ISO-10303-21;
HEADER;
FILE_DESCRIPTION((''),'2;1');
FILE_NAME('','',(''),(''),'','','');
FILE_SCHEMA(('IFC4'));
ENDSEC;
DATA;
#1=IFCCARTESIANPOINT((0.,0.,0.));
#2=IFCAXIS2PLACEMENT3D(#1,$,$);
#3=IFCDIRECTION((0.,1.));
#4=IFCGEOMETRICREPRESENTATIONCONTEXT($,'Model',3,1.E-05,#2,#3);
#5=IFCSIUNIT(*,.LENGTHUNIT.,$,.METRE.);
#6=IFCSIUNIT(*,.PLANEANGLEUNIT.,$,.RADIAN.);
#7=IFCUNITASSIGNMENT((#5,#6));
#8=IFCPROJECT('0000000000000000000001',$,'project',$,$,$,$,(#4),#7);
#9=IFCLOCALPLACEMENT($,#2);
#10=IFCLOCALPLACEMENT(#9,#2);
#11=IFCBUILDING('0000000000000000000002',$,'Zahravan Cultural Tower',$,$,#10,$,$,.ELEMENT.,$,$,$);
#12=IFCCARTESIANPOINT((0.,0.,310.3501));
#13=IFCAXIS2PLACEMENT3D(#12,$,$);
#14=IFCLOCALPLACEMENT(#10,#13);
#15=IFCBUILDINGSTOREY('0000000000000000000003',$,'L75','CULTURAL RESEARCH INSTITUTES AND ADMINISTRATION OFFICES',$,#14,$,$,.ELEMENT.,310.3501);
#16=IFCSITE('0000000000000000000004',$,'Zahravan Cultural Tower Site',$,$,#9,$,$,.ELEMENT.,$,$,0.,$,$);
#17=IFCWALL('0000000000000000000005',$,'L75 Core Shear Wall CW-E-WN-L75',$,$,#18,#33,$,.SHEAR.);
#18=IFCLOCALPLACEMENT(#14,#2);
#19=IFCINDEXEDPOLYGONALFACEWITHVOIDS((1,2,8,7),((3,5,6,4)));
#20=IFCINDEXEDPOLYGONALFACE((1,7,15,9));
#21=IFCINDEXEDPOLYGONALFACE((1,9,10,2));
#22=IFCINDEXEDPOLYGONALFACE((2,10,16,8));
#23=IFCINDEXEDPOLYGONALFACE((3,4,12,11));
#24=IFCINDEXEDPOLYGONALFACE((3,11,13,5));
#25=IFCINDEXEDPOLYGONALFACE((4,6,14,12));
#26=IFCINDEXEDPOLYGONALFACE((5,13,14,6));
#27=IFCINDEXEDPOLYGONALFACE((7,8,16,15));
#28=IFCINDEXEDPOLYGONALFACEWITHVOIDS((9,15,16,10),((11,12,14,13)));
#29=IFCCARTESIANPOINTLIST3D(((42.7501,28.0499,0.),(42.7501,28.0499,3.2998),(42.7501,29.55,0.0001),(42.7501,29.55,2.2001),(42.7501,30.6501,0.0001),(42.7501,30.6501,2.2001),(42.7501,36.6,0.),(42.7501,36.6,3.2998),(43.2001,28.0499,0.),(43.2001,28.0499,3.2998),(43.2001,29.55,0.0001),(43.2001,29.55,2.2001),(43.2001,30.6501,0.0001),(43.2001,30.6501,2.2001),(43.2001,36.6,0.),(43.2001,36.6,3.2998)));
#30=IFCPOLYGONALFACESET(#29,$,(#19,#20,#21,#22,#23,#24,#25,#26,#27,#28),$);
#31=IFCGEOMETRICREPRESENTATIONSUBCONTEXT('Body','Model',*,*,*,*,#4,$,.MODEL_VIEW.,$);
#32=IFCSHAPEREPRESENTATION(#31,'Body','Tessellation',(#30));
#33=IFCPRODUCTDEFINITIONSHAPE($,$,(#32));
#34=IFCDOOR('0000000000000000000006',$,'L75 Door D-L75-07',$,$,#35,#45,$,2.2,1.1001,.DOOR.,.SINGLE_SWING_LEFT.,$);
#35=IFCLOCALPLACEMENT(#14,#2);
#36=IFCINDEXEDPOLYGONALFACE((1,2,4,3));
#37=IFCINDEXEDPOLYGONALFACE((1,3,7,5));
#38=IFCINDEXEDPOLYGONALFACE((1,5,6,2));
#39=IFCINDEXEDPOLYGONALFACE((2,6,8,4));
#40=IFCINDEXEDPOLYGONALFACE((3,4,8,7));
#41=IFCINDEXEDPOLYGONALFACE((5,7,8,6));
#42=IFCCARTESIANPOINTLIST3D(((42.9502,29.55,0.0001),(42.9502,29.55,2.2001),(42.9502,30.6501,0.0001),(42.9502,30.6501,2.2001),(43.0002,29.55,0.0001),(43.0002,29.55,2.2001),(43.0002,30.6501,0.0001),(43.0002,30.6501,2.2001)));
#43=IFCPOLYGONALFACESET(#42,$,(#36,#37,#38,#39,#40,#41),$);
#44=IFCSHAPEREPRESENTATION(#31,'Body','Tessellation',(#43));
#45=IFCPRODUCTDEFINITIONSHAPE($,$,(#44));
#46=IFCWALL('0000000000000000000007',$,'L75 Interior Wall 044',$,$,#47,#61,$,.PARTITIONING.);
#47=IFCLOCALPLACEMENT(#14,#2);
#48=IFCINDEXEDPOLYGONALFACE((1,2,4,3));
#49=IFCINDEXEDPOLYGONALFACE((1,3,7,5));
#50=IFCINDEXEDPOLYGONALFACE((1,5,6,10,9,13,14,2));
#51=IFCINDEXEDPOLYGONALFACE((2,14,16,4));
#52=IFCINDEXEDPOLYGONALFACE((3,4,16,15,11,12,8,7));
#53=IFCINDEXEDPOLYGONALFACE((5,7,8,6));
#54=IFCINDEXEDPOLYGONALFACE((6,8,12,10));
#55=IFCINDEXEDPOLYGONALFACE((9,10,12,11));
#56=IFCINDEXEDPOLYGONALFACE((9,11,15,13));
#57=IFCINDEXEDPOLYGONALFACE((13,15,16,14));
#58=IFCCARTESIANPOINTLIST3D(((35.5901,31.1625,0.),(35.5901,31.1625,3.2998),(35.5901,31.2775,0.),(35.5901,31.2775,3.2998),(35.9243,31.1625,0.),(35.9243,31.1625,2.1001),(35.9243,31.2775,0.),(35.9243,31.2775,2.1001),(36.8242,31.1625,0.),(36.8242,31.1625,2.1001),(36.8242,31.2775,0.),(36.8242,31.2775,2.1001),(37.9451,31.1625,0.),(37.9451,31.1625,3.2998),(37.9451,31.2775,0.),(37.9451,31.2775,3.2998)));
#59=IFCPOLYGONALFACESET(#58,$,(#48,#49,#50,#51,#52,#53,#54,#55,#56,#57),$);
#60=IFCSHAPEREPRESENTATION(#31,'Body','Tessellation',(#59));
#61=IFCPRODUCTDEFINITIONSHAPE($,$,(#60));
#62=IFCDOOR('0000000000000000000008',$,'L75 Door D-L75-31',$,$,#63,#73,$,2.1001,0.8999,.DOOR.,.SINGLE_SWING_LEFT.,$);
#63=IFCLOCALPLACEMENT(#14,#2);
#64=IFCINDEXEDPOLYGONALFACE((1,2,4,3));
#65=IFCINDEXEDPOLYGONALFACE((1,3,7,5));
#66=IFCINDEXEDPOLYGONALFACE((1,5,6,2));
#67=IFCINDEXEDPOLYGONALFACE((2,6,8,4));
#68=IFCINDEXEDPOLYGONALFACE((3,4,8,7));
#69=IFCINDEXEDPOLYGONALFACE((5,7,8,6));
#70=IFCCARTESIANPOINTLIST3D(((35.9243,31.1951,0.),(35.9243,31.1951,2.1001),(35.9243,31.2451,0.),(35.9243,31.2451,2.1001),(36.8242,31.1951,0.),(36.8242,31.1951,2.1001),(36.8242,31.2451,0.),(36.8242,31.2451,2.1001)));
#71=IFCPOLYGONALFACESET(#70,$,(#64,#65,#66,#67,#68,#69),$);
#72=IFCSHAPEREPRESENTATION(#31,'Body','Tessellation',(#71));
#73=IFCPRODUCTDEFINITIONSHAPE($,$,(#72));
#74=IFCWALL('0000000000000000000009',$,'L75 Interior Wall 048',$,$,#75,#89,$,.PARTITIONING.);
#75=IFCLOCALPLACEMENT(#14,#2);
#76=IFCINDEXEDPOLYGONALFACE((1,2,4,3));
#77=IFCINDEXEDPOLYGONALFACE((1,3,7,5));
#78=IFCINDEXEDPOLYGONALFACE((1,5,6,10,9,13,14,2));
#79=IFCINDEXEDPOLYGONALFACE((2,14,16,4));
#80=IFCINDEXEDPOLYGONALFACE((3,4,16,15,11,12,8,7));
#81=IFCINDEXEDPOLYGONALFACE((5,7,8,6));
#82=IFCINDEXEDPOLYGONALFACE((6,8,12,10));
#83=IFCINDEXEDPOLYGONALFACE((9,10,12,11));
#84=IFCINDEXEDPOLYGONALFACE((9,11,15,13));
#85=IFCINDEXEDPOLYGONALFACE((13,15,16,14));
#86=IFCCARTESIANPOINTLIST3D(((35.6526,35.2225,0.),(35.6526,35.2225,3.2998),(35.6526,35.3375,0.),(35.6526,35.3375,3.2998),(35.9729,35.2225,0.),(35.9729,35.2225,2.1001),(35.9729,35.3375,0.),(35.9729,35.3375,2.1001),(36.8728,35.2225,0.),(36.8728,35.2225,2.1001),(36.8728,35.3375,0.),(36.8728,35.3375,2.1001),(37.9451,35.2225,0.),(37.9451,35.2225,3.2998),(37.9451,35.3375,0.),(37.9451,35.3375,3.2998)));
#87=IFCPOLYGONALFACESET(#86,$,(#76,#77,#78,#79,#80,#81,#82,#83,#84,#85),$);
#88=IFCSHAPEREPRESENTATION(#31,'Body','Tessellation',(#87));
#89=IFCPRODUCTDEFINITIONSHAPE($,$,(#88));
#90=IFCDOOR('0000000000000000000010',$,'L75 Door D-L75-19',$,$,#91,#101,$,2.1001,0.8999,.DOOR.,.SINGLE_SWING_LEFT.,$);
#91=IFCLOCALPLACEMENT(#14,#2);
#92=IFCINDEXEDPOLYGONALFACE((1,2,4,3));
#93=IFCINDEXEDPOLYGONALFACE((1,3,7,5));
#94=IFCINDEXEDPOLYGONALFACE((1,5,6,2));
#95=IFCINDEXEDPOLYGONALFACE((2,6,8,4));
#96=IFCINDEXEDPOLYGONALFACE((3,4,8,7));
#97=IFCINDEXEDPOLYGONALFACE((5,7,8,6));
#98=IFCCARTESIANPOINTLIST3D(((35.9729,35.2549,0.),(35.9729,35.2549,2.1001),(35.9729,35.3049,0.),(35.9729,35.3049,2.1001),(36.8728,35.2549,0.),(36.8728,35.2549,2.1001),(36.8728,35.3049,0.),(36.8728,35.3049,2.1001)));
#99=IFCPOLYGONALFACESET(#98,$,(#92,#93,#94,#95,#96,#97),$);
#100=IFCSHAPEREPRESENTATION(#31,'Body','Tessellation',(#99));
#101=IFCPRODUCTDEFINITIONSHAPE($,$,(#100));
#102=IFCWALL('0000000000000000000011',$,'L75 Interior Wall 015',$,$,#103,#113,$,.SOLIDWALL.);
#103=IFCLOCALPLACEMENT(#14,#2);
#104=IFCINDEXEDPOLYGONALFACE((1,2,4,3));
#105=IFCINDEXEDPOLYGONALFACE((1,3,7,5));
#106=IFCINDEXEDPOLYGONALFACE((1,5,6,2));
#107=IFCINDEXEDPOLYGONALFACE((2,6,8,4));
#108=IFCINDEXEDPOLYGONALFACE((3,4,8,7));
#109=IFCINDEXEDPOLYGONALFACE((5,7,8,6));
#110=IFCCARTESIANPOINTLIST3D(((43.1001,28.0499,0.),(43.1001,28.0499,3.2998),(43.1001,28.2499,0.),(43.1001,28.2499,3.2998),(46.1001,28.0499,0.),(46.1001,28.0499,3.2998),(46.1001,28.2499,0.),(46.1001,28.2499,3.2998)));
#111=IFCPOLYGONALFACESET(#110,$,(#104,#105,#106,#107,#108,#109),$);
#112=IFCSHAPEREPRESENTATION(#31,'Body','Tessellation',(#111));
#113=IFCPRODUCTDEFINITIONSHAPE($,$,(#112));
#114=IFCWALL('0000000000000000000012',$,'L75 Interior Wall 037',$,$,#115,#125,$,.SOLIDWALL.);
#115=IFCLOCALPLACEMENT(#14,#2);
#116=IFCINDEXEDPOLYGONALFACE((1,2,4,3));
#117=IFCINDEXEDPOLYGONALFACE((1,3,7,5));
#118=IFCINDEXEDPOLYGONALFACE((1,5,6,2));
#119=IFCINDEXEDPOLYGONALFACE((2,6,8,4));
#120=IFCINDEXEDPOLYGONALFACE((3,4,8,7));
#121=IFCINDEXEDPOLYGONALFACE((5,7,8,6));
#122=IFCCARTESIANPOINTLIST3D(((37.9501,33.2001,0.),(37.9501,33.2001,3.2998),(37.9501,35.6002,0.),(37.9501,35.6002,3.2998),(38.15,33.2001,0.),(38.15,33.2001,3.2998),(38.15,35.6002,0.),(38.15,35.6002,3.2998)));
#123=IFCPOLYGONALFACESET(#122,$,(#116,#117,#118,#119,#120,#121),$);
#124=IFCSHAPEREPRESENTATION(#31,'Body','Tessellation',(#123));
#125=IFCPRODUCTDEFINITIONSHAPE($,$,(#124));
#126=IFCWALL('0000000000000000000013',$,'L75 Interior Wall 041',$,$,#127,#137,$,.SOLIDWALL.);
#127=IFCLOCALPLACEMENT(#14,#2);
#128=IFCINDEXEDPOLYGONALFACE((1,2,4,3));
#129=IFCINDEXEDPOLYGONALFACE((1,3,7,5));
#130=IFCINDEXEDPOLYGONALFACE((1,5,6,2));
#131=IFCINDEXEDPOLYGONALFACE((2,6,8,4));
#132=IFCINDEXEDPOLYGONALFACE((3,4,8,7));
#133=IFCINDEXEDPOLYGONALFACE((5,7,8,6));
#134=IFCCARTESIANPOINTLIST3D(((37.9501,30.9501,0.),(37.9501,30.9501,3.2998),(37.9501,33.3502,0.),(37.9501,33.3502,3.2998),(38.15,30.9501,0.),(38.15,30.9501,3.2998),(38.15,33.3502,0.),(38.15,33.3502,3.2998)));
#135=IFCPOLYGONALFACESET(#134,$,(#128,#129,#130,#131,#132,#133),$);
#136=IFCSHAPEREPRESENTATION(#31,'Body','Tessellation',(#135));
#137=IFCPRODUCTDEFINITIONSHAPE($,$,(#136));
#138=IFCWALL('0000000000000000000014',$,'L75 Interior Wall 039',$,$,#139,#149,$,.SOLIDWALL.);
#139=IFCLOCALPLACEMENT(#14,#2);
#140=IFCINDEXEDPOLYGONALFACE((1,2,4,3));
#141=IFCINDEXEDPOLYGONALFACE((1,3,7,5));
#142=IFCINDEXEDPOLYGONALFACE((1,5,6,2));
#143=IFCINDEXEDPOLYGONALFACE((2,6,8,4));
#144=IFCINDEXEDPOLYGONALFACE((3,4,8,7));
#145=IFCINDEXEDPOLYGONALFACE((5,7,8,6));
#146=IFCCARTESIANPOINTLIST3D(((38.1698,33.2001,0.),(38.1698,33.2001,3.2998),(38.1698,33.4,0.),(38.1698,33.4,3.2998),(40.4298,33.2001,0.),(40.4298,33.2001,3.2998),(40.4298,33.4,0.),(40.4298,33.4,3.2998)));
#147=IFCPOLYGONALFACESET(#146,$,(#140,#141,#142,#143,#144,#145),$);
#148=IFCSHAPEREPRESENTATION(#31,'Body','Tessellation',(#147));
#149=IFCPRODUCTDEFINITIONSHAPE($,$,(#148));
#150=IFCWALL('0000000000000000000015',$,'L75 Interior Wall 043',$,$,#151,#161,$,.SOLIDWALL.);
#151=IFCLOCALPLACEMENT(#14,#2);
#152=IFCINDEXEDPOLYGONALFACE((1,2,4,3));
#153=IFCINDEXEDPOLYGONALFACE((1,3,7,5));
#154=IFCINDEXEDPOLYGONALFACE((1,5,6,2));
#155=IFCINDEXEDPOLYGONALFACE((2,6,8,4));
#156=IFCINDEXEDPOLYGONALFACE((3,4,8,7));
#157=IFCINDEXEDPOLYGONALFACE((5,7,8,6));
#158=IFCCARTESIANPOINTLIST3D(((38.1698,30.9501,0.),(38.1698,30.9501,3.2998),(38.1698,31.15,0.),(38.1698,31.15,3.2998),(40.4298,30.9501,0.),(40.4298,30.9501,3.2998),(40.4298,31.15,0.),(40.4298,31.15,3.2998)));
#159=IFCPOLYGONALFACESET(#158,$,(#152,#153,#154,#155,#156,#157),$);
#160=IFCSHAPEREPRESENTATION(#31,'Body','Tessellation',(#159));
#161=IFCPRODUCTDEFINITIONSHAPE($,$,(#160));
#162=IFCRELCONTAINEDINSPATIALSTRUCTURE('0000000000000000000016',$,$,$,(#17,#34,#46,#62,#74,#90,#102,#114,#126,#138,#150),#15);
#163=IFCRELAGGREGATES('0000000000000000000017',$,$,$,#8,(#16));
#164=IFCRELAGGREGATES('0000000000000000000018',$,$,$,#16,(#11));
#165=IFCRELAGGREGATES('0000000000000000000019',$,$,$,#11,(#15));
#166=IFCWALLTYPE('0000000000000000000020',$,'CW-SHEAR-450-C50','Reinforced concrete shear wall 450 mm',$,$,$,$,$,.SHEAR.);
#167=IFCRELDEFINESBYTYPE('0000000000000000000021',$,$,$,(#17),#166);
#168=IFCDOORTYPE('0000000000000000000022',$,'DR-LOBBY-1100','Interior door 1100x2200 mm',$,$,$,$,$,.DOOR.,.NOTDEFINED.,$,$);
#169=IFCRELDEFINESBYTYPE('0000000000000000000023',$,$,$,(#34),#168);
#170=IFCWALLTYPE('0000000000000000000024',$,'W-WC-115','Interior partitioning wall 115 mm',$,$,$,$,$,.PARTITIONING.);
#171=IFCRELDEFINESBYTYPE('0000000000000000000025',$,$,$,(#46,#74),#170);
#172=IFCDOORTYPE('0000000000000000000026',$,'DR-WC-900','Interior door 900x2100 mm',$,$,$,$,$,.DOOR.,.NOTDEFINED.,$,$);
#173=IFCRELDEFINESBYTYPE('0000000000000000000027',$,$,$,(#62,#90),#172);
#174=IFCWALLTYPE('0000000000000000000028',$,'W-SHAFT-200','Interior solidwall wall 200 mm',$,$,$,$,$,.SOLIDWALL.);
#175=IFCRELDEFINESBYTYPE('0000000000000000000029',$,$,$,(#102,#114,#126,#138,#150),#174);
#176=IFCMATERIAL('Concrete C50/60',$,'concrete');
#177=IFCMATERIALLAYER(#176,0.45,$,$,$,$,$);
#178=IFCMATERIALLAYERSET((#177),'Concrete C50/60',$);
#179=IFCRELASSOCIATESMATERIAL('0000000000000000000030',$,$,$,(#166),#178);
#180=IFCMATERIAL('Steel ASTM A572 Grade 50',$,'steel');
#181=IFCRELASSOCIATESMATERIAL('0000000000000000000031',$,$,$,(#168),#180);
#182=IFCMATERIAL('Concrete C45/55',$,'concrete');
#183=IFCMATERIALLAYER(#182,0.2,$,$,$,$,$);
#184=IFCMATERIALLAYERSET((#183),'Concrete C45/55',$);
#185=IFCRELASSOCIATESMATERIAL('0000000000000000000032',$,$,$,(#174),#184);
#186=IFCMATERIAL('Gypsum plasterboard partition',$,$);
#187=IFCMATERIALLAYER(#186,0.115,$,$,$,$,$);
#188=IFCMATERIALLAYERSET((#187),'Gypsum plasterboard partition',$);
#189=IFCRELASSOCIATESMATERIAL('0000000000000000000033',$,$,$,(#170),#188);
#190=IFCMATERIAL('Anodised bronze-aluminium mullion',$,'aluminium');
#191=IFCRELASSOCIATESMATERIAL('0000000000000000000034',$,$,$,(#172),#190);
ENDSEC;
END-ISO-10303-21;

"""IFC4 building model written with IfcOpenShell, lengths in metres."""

from ifc_helpers import new_model, si_unit, direction, frame, frame_2d, origin, place, context, subcontext, project, spatial, rectangle, extrude, source, transform, mapped, material, layer, layer_set, type_object, element, fill, save


model = new_model("IFC4")

# Units and contexts
model_context = context("Model", 3, precision=1e-05, world=origin(), true_north=direction((0.0, 1.0)))
body_context = subcontext(model_context, "Body", "Model", "MODEL_VIEW")
ifc_project = project(units=[si_unit("LENGTHUNIT", "METRE"), si_unit("PLANEANGLEUNIT", "RADIAN")], contexts=[model_context])

# Site, building, storey
site_placement = place(None, origin())
site = spatial("IfcSite", under=ifc_project, at=site_placement, Name="Zahravan Cultural Tower Site", CompositionType="ELEMENT", RefElevation=0.0)
building_placement = place(site_placement, origin())
building = spatial("IfcBuilding", under=site, at=building_placement, Name="Zahravan Cultural Tower", CompositionType="ELEMENT")
storey_placement = place(building_placement, frame((0.0, 0.0, 310.3501)))
storey = spatial("IfcBuildingStorey", under=building, at=storey_placement, Name="L75", Description="CULTURAL RESEARCH INSTITUTES AND ADMINISTRATION OFFICES", CompositionType="ELEMENT", Elevation=310.3501)

# Walls, openings, doors
ifc_material_1 = material(Name="Concrete C50/60", Category="concrete")
ifc_layer_1 = layer(ifc_material_1, 0.45)
ifc_layer_set_1 = layer_set([ifc_layer_1], Name="Concrete C50/60")
wall_type_1 = type_object("IfcWallType", Name="CW-SHEAR-450-C50", Description="Reinforced concrete shear wall 450 mm", PredefinedType="SHEAR", material=ifc_layer_set_1)
wall_1_placement = place(storey_placement, frame((42.9751, 28.05, 0.0), z_axis=(0.0, 0.0, 1.0), x_axis=(0.0, 1.0, 0.0)))
wall_1 = element("IfcWall", 1, at=wall_1_placement, inside=storey, type_object=wall_type_1, Name="L75 Core Shear Wall CW-E-WN-L75", PredefinedType="SHEAR", context=body_context, shape_type="SweptSolid", body=[
    extrude(rectangle(XDim=8.55, YDim=0.45, at=frame_2d((4.2749, 0.0))), origin(), (0.0, 0.0, 1.0), 3.2998),
])
opening_1_placement = place(wall_1_placement, frame((1.5, 0.0, 0.0)))
opening_1 = element("IfcOpeningElement", 2, at=opening_1_placement, cuts=wall_1, PredefinedType="OPENING", context=body_context, shape_type="SweptSolid", body=[
    extrude(rectangle(XDim=1.1001, YDim=2.2, at=frame_2d((0.55, 1.1001))), frame((0.0, 0.2349, 0.0), z_axis=(0.0, -1.0, 0.0), x_axis=(1.0, 0.0, 0.0)), (0.0, 0.0, 1.0), 0.47),
])
ifc_material_2 = material(Name="Steel ASTM A572 Grade 50", Category="steel")
door_type_1 = type_object("IfcDoorType", Name="DR-LOBBY-1100", Description="Interior door 1100x2200 mm", OperationType="NOTDEFINED", PredefinedType="DOOR", material=ifc_material_2)
shared_shape_1 = source(origin(), body_context, "Body", "SweptSolid", [
    extrude(rectangle(XDim=1.1001, YDim=2.2, at=frame_2d((0.55, 1.1001))), frame((0.0, 0.0249, 0.0), z_axis=(0.0, -1.0, 0.0), x_axis=(1.0, 0.0, 0.0)), (0.0, 0.0, 1.0), 0.05),
])
door_1_placement = place(opening_1_placement, origin())
door_1 = element("IfcDoor", 3, at=door_1_placement, inside=storey, type_object=door_type_1, Name="L75 Door D-L75-07", OperationType="SINGLE_SWING_LEFT", OverallHeight=2.2, OverallWidth=1.1001, PredefinedType="DOOR", context=body_context, shape_type="MappedRepresentation", body=[
    mapped(shared_shape_1, transform((0.0, 0.0, 0.0), x_axis=(1.0, 0.0, 0.0), y_axis=(0.0, 1.0, 0.0), z_axis=(0.0, 0.0, 1.0), scale=1.0)),
])
fill(opening_1, door_1)
ifc_material_3 = material(Name="Gypsum plasterboard partition")
ifc_material_4 = material(Name="Anodised bronze-aluminium mullion", Category="aluminium")
ifc_material_5 = material(Name="Concrete C45/55", Category="concrete")
ifc_layer_2 = layer(ifc_material_5, 0.2)
ifc_layer_set_2 = layer_set([ifc_layer_2], Name="Concrete C45/55")
wall_type_2 = type_object("IfcWallType", Name="W-SHAFT-200", Description="Interior solidwall wall 200 mm", PredefinedType="SOLIDWALL", material=ifc_layer_set_2)
ifc_layer_3 = layer(ifc_material_3, 0.115)
ifc_layer_set_3 = layer_set([ifc_layer_3], Name="Gypsum plasterboard partition")
wall_type_3 = type_object("IfcWallType", Name="W-WC-115", Description="Interior partitioning wall 115 mm", PredefinedType="PARTITIONING", material=ifc_layer_set_3)
wall_2_placement = place(storey_placement, frame((37.9451, 31.22, 0.0), z_axis=(0.0, 0.0, 1.0), x_axis=(-1.0, 0.0, 0.0)))
wall_2 = element("IfcWall", 4, at=wall_2_placement, inside=storey, type_object=wall_type_3, Name="L75 Interior Wall 044", PredefinedType="PARTITIONING", context=body_context, shape_type="SweptSolid", body=[
    extrude(rectangle(XDim=2.355, YDim=0.115, at=frame_2d((1.1775, 0.0))), origin(), (0.0, 0.0, 1.0), 3.2998),
])
opening_2_placement = place(wall_2_placement, frame((1.1208, 0.0, 0.0)))
opening_2 = element("IfcOpeningElement", 5, at=opening_2_placement, cuts=wall_2, PredefinedType="OPENING", context=body_context, shape_type="SweptSolid", body=[
    extrude(rectangle(XDim=0.8999, YDim=2.1001, at=frame_2d((0.45, 1.05))), frame((0.0, 0.0674, 0.0), z_axis=(0.0, -1.0, 0.0), x_axis=(1.0, 0.0, 0.0)), (0.0, 0.0, 1.0), 0.135),
])
door_type_2 = type_object("IfcDoorType", Name="DR-WC-900", Description="Interior door 900x2100 mm", OperationType="NOTDEFINED", PredefinedType="DOOR", material=ifc_material_4)
shared_shape_2 = source(origin(), body_context, "Body", "SweptSolid", [
    extrude(rectangle(XDim=0.8999, YDim=2.1001, at=frame_2d((0.45, 1.05))), frame((0.0, 0.0249, 0.0), z_axis=(0.0, -1.0, 0.0), x_axis=(1.0, 0.0, 0.0)), (0.0, 0.0, 1.0), 0.05),
])
door_2_placement = place(opening_2_placement, origin())
door_2 = element("IfcDoor", 6, at=door_2_placement, inside=storey, type_object=door_type_2, Name="L75 Door D-L75-31", OperationType="SINGLE_SWING_LEFT", OverallHeight=2.1001, OverallWidth=0.8999, PredefinedType="DOOR", context=body_context, shape_type="MappedRepresentation", body=[
    mapped(shared_shape_2, transform((0.0, 0.0, 0.0), x_axis=(1.0, 0.0, 0.0), y_axis=(0.0, 1.0, 0.0), z_axis=(0.0, 0.0, 1.0), scale=1.0)),
])
fill(opening_2, door_2)
wall_3_placement = place(storey_placement, frame((35.6526, 35.28, 0.0), z_axis=(0.0, 0.0, 1.0), x_axis=(1.0, 0.0, 0.0)))
wall_3 = element("IfcWall", 7, at=wall_3_placement, inside=storey, type_object=wall_type_3, Name="L75 Interior Wall 048", PredefinedType="PARTITIONING", context=body_context, shape_type="SweptSolid", body=[
    extrude(rectangle(XDim=2.2925, YDim=0.115, at=frame_2d((1.1462, 0.0))), origin(), (0.0, 0.0, 1.0), 3.2998),
])
opening_3_placement = place(wall_3_placement, frame((0.3203, 0.0, 0.0)))
opening_3 = element("IfcOpeningElement", 8, at=opening_3_placement, cuts=wall_3, PredefinedType="OPENING", context=body_context, shape_type="SweptSolid", body=[
    extrude(rectangle(XDim=0.8999, YDim=2.1001, at=frame_2d((0.45, 1.05))), frame((0.0, 0.0674, 0.0), z_axis=(0.0, -1.0, 0.0), x_axis=(1.0, 0.0, 0.0)), (0.0, 0.0, 1.0), 0.135),
])
door_3_placement = place(opening_3_placement, origin())
door_3 = element("IfcDoor", 9, at=door_3_placement, inside=storey, type_object=door_type_2, Name="L75 Door D-L75-19", OperationType="SINGLE_SWING_LEFT", OverallHeight=2.1001, OverallWidth=0.8999, PredefinedType="DOOR", context=body_context, shape_type="MappedRepresentation", body=[
    mapped(shared_shape_2, transform((0.0, 0.0, 0.0), x_axis=(1.0, 0.0, 0.0), y_axis=(0.0, 1.0, 0.0), z_axis=(0.0, 0.0, 1.0), scale=1.0)),
])
fill(opening_3, door_3)

# Walls
shared_shape_3 = source(origin(), body_context, "Body", "SweptSolid", [
    extrude(rectangle(XDim=3.0, YDim=0.2, at=frame_2d((1.5, 0.0))), origin(), (0.0, 0.0, 1.0), 3.2998),
])
wall_4_placement = place(storey_placement, frame((43.1001, 28.1499, 0.0), z_axis=(0.0, 0.0, 1.0), x_axis=(1.0, 0.0, 0.0)))
element("IfcWall", 10, at=wall_4_placement, inside=storey, type_object=wall_type_2, Name="L75 Interior Wall 015", PredefinedType="SOLIDWALL", context=body_context, shape_type="MappedRepresentation", body=[
    mapped(shared_shape_3, transform((0.0, 0.0, 0.0), x_axis=(1.0, 0.0, 0.0), y_axis=(0.0, 1.0, 0.0), z_axis=(0.0, 0.0, 1.0), scale=1.0)),
])
shared_shape_4 = source(origin(), body_context, "Body", "SweptSolid", [
    extrude(rectangle(XDim=2.4001, YDim=0.2, at=frame_2d((1.2002, 0.0))), origin(), (0.0, 0.0, 1.0), 3.2998),
])
for number, where, z_axis, x_axis, name in (
    (11, (38.05, 33.2, 0.0), (0.0, 0.0, 1.0), (0.0, 1.0, 0.0), "L75 Interior Wall 037"),
    (12, (38.05, 30.95, 0.0), (0.0, 0.0, 1.0), (0.0, 1.0, 0.0), "L75 Interior Wall 041"),
):
    element("IfcWall", number, at=place(storey_placement, frame(where, z_axis=z_axis, x_axis=x_axis)), inside=storey, type_object=wall_type_2, Name=name, PredefinedType="SOLIDWALL", context=body_context, shape_type="MappedRepresentation", body=[
        mapped(shared_shape_4, transform((0.0, 0.0, 0.0), x_axis=(1.0, 0.0, 0.0), y_axis=(0.0, 1.0, 0.0), z_axis=(0.0, 0.0, 1.0), scale=1.0)),
    ])
shared_shape_5 = source(origin(), body_context, "Body", "SweptSolid", [
    extrude(rectangle(XDim=2.26, YDim=0.2, at=frame_2d((1.1299, 0.0))), origin(), (0.0, 0.0, 1.0), 3.2998),
])
for number, where, z_axis, x_axis, name in (
    (13, (38.1699, 33.3, 0.0), (0.0, 0.0, 1.0), (1.0, 0.0, 0.0), "L75 Interior Wall 039"),
    (14, (38.1699, 31.05, 0.0), (0.0, 0.0, 1.0), (1.0, 0.0, 0.0), "L75 Interior Wall 043"),
):
    element("IfcWall", number, at=place(storey_placement, frame(where, z_axis=z_axis, x_axis=x_axis)), inside=storey, type_object=wall_type_2, Name=name, PredefinedType="SOLIDWALL", context=body_context, shape_type="MappedRepresentation", body=[
        mapped(shared_shape_5, transform((0.0, 0.0, 0.0), x_axis=(1.0, 0.0, 0.0), y_axis=(0.0, 1.0, 0.0), z_axis=(0.0, 0.0, 1.0), scale=1.0)),
    ])

save(model, "model.ifc")
